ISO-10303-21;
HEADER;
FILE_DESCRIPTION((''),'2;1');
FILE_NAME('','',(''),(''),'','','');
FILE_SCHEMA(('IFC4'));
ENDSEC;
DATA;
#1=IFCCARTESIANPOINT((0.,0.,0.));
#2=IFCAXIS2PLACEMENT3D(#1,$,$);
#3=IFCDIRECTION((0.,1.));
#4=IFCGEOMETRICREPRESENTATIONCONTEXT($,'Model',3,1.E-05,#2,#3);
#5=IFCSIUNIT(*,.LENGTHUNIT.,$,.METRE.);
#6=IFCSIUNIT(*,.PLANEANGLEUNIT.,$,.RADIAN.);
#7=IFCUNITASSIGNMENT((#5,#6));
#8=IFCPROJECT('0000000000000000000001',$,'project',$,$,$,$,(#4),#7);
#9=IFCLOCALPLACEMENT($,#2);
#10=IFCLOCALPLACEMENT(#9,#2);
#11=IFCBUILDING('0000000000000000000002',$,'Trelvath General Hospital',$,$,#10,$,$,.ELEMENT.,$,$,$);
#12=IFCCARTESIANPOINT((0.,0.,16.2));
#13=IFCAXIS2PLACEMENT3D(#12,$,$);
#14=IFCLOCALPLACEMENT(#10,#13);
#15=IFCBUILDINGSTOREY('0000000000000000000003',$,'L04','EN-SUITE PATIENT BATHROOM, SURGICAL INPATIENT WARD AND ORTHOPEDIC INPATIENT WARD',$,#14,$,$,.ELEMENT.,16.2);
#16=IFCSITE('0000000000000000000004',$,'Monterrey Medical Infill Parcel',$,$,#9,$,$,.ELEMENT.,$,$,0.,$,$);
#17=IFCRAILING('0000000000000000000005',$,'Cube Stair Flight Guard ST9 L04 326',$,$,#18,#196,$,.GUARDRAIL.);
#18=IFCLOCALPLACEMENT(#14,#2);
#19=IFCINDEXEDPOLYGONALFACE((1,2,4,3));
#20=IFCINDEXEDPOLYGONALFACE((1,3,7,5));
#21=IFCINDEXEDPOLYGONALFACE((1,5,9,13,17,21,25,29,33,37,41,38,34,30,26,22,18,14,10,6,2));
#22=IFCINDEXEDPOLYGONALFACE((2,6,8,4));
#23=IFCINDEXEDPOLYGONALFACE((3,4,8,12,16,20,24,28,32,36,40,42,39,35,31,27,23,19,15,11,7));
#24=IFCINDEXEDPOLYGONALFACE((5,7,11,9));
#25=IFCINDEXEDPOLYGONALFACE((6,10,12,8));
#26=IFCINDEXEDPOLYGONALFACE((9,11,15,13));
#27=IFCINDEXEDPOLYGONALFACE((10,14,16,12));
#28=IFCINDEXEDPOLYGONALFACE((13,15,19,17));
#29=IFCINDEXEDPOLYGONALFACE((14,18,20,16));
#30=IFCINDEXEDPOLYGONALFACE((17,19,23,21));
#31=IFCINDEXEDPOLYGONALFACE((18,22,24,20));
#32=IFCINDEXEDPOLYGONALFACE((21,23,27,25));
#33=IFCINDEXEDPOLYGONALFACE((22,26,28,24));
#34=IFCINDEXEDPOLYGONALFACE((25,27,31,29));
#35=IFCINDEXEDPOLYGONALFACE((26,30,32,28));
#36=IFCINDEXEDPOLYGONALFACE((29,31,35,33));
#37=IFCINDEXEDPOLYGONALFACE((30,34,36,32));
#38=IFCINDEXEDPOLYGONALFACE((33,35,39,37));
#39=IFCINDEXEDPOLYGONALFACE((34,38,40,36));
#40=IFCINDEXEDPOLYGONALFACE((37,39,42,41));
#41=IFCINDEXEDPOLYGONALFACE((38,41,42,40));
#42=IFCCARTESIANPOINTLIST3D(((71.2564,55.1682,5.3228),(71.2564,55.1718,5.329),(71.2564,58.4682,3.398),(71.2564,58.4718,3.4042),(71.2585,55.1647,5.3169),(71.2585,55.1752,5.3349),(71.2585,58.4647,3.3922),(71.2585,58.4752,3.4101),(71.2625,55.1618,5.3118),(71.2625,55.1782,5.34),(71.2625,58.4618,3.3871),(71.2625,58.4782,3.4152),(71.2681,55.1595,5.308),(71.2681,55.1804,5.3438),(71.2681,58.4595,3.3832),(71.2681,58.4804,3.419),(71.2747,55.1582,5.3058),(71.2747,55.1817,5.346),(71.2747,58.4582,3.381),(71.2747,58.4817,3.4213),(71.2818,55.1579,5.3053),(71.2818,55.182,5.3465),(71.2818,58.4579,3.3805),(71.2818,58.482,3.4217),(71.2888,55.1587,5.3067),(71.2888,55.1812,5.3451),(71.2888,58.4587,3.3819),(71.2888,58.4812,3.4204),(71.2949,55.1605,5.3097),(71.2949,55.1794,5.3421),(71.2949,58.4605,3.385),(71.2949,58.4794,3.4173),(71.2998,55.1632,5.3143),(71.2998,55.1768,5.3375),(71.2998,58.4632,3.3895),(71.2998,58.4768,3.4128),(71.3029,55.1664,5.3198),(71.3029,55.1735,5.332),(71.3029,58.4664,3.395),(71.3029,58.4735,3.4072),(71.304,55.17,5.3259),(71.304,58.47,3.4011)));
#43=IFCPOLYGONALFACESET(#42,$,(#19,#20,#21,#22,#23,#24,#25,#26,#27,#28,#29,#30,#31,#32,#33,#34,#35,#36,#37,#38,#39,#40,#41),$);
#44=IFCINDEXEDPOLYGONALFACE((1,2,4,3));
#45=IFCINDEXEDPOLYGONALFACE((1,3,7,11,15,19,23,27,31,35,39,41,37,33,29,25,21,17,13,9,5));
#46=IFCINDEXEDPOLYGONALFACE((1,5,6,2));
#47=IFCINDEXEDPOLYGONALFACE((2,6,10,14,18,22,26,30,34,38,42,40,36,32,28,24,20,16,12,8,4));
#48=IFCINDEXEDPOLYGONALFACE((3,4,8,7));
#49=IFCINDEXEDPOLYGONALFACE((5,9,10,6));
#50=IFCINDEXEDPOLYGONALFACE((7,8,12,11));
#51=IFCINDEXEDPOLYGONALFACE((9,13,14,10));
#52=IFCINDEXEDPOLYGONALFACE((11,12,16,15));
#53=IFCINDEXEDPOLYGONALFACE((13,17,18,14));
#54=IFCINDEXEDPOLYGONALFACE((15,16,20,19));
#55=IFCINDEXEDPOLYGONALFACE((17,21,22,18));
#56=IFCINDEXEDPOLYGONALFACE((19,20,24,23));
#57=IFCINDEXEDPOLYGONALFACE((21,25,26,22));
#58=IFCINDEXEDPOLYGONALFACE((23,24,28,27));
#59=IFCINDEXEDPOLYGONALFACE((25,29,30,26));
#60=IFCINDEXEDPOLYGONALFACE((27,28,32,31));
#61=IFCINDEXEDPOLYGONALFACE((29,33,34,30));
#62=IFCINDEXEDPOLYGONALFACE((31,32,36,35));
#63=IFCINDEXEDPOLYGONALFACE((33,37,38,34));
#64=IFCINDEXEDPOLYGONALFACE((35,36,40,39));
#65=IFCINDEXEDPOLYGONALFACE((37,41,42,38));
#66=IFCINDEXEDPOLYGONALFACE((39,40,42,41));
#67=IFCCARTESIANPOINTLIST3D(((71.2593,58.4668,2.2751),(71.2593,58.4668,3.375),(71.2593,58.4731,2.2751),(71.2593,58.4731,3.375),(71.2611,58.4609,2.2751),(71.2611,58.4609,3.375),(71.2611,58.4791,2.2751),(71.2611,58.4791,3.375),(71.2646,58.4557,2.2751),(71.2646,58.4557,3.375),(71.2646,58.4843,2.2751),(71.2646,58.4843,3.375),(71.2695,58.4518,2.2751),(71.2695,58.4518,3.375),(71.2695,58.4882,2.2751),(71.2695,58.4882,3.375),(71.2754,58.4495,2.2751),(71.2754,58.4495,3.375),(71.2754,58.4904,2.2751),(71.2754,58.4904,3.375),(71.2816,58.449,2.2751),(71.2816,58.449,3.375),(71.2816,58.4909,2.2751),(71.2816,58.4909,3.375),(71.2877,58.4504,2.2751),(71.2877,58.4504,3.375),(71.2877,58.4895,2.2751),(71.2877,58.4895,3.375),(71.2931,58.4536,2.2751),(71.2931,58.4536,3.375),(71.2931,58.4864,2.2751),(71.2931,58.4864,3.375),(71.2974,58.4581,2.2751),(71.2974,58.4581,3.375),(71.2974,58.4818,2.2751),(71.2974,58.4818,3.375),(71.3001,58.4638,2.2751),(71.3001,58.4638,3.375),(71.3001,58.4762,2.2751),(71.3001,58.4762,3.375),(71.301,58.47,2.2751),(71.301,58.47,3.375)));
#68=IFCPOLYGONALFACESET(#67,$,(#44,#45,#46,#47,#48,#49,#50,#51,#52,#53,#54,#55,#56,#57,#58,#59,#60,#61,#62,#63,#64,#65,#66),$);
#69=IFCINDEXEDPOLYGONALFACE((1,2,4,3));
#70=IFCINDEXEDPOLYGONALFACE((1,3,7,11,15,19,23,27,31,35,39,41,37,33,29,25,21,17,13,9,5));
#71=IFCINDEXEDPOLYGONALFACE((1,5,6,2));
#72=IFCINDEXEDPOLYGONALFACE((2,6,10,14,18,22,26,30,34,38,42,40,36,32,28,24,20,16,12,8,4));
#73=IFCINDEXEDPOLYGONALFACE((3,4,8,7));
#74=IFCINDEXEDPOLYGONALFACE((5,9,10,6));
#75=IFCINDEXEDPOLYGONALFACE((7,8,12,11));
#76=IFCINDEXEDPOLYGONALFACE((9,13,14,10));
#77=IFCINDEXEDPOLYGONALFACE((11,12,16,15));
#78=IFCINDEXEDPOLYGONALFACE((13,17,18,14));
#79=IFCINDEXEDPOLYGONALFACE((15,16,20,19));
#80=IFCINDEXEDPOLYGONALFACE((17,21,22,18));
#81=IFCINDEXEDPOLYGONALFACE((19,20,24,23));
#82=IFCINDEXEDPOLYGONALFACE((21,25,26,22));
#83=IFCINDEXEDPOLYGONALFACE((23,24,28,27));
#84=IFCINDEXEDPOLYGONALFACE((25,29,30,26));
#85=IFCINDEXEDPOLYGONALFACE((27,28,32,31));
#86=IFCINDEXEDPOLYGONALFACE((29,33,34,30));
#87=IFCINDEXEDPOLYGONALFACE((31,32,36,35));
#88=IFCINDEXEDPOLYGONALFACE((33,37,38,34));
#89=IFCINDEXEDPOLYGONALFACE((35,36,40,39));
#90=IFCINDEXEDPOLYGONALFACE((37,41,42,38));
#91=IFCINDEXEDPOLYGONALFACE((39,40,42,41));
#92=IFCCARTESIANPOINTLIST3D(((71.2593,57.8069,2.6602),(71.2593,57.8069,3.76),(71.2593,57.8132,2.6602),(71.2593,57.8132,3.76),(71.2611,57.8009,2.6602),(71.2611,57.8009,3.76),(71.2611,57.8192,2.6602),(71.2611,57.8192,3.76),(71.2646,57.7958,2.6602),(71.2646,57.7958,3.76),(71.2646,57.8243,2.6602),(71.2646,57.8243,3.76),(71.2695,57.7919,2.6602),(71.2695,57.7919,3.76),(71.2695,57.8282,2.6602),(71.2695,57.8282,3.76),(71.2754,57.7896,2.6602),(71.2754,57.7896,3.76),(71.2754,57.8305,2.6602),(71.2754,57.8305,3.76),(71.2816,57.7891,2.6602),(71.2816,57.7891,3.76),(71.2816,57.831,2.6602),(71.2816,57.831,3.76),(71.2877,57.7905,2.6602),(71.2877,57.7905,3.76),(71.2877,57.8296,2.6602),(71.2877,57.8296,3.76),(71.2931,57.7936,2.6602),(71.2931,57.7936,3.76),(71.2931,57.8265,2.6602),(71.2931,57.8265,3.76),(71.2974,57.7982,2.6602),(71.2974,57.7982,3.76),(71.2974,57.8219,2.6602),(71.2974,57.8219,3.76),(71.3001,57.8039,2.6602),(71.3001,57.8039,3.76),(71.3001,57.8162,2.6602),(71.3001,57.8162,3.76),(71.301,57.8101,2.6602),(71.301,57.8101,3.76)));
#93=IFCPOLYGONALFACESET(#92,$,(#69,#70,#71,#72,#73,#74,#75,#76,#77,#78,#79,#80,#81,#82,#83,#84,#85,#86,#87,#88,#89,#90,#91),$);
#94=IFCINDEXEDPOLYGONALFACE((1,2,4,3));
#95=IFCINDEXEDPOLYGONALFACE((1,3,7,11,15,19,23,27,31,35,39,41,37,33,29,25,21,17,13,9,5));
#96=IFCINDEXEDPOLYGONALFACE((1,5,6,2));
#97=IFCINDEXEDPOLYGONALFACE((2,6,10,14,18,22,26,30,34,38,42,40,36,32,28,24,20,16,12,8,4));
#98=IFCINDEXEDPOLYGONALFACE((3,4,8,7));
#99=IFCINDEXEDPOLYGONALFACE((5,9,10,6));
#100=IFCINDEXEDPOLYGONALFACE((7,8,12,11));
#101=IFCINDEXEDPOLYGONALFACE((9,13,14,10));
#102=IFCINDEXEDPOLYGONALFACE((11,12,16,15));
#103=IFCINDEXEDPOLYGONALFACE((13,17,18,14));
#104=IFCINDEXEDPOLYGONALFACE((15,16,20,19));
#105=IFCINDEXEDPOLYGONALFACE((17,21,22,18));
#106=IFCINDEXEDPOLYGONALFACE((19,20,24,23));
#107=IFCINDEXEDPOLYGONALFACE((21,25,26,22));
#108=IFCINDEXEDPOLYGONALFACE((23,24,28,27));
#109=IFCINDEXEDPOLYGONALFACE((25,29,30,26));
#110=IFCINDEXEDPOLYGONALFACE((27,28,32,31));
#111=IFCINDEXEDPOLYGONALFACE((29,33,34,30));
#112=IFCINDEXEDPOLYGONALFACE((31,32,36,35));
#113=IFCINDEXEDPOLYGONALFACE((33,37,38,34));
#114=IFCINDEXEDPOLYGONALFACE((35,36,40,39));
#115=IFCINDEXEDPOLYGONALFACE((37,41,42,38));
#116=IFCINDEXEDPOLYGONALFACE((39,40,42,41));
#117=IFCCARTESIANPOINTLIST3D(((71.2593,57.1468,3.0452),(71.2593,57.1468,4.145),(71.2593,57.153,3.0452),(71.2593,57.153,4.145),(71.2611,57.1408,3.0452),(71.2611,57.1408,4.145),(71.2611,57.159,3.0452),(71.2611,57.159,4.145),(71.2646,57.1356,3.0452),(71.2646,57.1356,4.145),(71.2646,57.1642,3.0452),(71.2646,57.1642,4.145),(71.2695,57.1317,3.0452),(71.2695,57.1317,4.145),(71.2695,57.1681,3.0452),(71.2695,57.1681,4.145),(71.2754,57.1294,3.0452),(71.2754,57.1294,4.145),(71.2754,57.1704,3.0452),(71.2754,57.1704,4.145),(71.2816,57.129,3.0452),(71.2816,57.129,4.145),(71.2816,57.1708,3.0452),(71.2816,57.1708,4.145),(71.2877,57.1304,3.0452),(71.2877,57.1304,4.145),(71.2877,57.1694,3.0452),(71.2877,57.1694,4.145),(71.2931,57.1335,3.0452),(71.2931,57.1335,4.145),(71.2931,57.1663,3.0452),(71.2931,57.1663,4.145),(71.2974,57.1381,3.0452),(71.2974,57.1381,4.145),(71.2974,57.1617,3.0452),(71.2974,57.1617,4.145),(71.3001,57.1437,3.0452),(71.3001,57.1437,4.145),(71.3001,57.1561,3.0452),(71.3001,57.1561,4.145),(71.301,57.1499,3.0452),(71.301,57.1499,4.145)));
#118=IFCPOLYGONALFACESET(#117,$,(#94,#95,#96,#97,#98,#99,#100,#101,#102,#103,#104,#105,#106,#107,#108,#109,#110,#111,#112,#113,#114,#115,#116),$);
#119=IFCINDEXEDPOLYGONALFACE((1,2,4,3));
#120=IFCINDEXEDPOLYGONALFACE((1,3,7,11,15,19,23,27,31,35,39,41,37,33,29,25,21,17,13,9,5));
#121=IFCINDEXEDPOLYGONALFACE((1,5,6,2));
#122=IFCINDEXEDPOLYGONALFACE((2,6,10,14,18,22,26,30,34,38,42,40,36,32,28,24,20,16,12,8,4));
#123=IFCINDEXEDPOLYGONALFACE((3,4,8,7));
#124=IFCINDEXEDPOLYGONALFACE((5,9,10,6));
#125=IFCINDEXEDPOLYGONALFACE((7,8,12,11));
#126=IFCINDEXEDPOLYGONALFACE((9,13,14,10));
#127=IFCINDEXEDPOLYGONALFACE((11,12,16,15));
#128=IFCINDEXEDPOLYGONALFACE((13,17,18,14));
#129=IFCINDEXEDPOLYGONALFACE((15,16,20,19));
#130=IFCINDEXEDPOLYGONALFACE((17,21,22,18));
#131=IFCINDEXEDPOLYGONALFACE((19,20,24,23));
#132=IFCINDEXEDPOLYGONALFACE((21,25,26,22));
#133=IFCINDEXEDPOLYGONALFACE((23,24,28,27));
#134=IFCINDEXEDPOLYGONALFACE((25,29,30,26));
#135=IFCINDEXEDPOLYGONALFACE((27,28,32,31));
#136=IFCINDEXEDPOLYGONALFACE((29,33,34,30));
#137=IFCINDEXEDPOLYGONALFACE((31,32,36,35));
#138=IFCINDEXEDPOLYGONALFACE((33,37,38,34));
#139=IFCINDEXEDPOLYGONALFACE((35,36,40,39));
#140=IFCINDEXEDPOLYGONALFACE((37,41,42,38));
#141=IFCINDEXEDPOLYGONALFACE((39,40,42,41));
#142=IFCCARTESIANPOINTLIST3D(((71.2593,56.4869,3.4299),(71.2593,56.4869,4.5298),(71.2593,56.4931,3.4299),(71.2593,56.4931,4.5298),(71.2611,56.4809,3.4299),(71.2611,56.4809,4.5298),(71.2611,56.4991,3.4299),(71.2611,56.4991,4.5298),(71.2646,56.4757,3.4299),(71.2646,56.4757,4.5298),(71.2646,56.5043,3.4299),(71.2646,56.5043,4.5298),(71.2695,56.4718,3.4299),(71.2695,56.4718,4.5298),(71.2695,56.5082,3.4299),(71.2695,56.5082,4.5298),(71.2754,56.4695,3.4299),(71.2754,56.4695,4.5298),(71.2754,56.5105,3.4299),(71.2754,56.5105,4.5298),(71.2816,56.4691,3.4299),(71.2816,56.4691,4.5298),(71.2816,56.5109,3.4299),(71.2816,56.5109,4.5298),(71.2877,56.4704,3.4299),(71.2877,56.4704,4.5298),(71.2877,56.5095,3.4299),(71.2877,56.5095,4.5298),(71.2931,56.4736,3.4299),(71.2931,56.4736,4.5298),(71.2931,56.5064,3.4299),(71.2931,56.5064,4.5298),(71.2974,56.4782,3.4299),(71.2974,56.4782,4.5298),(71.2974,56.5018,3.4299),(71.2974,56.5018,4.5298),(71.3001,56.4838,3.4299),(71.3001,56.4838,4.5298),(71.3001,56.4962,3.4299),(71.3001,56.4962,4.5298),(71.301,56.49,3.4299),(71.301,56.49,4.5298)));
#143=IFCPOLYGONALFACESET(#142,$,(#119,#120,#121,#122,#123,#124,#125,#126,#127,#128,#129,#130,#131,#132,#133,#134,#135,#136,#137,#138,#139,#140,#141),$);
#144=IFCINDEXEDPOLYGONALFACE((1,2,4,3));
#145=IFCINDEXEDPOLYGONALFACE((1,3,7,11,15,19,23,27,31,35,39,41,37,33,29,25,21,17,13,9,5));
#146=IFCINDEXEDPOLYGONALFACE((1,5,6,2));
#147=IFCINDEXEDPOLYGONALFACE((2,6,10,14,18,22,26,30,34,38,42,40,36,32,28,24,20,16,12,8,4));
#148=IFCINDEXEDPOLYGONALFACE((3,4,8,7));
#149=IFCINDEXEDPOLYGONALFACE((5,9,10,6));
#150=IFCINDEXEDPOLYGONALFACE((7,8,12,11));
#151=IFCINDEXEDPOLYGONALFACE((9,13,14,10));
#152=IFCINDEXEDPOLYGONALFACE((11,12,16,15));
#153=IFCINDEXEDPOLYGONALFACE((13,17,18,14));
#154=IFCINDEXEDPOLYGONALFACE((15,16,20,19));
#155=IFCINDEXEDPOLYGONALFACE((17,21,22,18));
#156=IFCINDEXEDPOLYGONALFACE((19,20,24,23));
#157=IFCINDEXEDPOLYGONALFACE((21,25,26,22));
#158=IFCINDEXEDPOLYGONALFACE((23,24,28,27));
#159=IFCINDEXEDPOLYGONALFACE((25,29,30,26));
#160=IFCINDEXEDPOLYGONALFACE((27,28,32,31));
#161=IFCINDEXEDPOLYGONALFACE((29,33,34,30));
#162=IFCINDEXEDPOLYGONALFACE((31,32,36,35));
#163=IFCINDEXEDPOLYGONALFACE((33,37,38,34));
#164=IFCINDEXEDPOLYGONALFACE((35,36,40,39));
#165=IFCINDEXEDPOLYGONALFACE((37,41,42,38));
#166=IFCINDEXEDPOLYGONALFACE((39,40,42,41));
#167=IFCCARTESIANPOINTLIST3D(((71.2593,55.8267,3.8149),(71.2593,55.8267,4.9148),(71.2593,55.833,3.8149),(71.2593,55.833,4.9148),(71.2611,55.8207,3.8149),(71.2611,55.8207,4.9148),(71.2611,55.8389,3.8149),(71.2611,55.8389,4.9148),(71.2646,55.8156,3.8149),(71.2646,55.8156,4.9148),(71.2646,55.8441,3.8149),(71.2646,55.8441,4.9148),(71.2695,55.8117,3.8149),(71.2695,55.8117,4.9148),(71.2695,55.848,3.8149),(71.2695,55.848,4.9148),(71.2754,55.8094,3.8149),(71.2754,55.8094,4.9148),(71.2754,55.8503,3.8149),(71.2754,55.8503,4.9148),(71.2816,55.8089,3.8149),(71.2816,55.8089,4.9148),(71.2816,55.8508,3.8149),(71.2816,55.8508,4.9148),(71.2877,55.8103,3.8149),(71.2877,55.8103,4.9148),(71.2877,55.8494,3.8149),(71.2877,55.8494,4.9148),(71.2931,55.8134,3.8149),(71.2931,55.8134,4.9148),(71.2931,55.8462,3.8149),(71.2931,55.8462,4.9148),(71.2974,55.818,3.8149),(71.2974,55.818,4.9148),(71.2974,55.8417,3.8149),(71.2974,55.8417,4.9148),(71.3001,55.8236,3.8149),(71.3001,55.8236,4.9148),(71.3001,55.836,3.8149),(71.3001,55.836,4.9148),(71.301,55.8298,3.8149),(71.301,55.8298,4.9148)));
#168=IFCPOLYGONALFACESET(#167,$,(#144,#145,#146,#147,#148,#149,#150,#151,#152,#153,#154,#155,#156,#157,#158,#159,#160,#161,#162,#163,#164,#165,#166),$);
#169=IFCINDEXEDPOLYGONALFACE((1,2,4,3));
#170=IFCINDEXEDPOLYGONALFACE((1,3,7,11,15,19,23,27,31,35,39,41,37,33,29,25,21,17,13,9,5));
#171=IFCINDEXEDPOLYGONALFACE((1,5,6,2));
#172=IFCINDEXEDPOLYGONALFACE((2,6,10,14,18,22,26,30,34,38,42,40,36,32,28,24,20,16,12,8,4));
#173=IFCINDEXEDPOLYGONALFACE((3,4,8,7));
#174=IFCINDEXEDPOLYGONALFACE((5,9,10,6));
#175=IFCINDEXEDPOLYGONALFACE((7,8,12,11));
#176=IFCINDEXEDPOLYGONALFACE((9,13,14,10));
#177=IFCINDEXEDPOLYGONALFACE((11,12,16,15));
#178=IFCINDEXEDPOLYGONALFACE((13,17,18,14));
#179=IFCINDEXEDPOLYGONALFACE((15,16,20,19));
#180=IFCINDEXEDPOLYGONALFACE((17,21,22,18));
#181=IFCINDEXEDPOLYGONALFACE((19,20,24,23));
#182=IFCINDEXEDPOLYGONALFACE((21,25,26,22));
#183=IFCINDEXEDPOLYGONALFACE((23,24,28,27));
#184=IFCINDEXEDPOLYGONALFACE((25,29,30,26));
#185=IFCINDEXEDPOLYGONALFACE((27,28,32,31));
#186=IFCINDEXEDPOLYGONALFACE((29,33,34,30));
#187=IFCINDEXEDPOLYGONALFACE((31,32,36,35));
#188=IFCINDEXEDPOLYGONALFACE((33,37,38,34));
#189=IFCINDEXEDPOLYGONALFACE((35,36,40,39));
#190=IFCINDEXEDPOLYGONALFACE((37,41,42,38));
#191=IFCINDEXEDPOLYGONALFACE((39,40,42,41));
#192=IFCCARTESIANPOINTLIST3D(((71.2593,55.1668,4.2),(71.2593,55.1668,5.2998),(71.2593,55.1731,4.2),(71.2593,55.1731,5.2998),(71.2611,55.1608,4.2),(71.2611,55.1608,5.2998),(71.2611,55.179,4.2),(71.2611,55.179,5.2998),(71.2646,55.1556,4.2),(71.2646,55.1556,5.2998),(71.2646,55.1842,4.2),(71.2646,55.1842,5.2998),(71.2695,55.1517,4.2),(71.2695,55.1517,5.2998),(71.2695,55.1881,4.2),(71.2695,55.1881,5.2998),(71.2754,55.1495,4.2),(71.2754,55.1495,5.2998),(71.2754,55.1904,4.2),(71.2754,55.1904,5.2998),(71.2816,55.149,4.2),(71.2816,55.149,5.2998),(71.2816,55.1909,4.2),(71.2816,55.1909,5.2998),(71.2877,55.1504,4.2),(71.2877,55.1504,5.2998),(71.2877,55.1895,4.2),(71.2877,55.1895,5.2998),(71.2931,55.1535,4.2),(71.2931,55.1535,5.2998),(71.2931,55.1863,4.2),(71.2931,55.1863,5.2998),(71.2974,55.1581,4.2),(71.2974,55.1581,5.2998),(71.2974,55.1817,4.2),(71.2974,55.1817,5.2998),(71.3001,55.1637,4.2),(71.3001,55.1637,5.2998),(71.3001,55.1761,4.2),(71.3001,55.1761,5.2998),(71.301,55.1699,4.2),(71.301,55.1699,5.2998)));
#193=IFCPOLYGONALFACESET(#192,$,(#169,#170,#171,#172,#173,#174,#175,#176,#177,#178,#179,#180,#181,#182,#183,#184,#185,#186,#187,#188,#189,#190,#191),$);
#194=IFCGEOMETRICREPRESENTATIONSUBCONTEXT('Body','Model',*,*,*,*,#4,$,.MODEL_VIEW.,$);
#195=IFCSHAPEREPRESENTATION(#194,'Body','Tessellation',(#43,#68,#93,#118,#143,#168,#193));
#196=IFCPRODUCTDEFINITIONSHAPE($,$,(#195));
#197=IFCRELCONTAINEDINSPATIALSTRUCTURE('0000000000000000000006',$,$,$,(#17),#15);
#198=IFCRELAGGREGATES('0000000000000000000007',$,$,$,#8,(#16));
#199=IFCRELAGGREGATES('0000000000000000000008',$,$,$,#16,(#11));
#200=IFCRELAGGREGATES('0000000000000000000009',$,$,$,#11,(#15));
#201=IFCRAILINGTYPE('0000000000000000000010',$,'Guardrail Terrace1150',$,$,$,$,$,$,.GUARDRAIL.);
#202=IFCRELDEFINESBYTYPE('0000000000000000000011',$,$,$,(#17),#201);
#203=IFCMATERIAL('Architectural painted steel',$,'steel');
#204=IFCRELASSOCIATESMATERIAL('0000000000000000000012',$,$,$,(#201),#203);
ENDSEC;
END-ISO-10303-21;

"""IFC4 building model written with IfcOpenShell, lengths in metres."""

from ifc_helpers import new_model, si_unit, direction, frame, origin, origin_2d, place, context, subcontext, project, spatial, circle, extrude, material, type_object, element, save


model = new_model("IFC4")

# Units and contexts
model_context = context("Model", 3, precision=1e-05, world=origin(), true_north=direction((0.0, 1.0)))
body_context = subcontext(model_context, "Body", "Model", "MODEL_VIEW")
ifc_project = project(units=[si_unit("LENGTHUNIT", "METRE"), si_unit("PLANEANGLEUNIT", "RADIAN")], contexts=[model_context])

# Site, building, storey
site_placement = place(None, origin())
site = spatial("IfcSite", under=ifc_project, at=site_placement, Name="Monterrey Medical Infill Parcel", CompositionType="ELEMENT", RefElevation=0.0)
building_placement = place(site_placement, origin())
building = spatial("IfcBuilding", under=site, at=building_placement, Name="Trelvath General Hospital", CompositionType="ELEMENT")
storey_placement = place(building_placement, frame((0.0, 0.0, 16.2)))
storey = spatial("IfcBuildingStorey", under=building, at=storey_placement, Name="L04", Description="EN-SUITE PATIENT BATHROOM, SURGICAL INPATIENT WARD AND ORTHOPEDIC INPATIENT WARD", CompositionType="ELEMENT", Elevation=16.2)

# Railing
ifc_material_1 = material(Name="Architectural painted steel", Category="steel")
railing_type_1 = type_object("IfcRailingType", Name="Guardrail Terrace1150", PredefinedType="GUARDRAIL", material=ifc_material_1)
railing_1_placement = place(storey_placement, frame((71.28, 58.47, 2.2751)))
element("IfcRailing", 1, at=railing_1_placement, inside=storey, type_object=railing_type_1, Name="Cube Stair Flight Guard ST9 L04 326", PredefinedType="GUARDRAIL", context=body_context, shape_type="SweptSolid", body=[
    extrude(circle(Radius=0.0239, at=origin_2d()), frame((0.0, 0.0, 1.126), z_axis=(0.0, -0.863804, 0.503827), x_axis=(1.0, 0.0, 0.0)), (0.0, 0.0, 1.0), 3.8203),
    extrude(circle(Radius=0.021, at=origin_2d()), origin(), (0.0, 0.0, 1.0), 1.0999),
    extrude(circle(Radius=0.021, at=origin_2d()), frame((0.0, -0.6599, 0.385)), (0.0, 0.0, 1.0), 1.0999),
    extrude(circle(Radius=0.021, at=origin_2d()), frame((0.0, -1.3201, 0.77)), (0.0, 0.0, 1.0), 1.0999),
    extrude(circle(Radius=0.021, at=origin_2d()), frame((0.0, -1.98, 1.1548)), (0.0, 0.0, 1.0), 1.0999),
    extrude(circle(Radius=0.021, at=origin_2d()), frame((0.0, -2.6401, 1.5398)), (0.0, 0.0, 1.0), 1.0999),
    extrude(circle(Radius=0.021, at=origin_2d()), frame((0.0, -3.3, 1.9248)), (0.0, 0.0, 1.0), 1.0999),
])

save(model, "model.ifc")
